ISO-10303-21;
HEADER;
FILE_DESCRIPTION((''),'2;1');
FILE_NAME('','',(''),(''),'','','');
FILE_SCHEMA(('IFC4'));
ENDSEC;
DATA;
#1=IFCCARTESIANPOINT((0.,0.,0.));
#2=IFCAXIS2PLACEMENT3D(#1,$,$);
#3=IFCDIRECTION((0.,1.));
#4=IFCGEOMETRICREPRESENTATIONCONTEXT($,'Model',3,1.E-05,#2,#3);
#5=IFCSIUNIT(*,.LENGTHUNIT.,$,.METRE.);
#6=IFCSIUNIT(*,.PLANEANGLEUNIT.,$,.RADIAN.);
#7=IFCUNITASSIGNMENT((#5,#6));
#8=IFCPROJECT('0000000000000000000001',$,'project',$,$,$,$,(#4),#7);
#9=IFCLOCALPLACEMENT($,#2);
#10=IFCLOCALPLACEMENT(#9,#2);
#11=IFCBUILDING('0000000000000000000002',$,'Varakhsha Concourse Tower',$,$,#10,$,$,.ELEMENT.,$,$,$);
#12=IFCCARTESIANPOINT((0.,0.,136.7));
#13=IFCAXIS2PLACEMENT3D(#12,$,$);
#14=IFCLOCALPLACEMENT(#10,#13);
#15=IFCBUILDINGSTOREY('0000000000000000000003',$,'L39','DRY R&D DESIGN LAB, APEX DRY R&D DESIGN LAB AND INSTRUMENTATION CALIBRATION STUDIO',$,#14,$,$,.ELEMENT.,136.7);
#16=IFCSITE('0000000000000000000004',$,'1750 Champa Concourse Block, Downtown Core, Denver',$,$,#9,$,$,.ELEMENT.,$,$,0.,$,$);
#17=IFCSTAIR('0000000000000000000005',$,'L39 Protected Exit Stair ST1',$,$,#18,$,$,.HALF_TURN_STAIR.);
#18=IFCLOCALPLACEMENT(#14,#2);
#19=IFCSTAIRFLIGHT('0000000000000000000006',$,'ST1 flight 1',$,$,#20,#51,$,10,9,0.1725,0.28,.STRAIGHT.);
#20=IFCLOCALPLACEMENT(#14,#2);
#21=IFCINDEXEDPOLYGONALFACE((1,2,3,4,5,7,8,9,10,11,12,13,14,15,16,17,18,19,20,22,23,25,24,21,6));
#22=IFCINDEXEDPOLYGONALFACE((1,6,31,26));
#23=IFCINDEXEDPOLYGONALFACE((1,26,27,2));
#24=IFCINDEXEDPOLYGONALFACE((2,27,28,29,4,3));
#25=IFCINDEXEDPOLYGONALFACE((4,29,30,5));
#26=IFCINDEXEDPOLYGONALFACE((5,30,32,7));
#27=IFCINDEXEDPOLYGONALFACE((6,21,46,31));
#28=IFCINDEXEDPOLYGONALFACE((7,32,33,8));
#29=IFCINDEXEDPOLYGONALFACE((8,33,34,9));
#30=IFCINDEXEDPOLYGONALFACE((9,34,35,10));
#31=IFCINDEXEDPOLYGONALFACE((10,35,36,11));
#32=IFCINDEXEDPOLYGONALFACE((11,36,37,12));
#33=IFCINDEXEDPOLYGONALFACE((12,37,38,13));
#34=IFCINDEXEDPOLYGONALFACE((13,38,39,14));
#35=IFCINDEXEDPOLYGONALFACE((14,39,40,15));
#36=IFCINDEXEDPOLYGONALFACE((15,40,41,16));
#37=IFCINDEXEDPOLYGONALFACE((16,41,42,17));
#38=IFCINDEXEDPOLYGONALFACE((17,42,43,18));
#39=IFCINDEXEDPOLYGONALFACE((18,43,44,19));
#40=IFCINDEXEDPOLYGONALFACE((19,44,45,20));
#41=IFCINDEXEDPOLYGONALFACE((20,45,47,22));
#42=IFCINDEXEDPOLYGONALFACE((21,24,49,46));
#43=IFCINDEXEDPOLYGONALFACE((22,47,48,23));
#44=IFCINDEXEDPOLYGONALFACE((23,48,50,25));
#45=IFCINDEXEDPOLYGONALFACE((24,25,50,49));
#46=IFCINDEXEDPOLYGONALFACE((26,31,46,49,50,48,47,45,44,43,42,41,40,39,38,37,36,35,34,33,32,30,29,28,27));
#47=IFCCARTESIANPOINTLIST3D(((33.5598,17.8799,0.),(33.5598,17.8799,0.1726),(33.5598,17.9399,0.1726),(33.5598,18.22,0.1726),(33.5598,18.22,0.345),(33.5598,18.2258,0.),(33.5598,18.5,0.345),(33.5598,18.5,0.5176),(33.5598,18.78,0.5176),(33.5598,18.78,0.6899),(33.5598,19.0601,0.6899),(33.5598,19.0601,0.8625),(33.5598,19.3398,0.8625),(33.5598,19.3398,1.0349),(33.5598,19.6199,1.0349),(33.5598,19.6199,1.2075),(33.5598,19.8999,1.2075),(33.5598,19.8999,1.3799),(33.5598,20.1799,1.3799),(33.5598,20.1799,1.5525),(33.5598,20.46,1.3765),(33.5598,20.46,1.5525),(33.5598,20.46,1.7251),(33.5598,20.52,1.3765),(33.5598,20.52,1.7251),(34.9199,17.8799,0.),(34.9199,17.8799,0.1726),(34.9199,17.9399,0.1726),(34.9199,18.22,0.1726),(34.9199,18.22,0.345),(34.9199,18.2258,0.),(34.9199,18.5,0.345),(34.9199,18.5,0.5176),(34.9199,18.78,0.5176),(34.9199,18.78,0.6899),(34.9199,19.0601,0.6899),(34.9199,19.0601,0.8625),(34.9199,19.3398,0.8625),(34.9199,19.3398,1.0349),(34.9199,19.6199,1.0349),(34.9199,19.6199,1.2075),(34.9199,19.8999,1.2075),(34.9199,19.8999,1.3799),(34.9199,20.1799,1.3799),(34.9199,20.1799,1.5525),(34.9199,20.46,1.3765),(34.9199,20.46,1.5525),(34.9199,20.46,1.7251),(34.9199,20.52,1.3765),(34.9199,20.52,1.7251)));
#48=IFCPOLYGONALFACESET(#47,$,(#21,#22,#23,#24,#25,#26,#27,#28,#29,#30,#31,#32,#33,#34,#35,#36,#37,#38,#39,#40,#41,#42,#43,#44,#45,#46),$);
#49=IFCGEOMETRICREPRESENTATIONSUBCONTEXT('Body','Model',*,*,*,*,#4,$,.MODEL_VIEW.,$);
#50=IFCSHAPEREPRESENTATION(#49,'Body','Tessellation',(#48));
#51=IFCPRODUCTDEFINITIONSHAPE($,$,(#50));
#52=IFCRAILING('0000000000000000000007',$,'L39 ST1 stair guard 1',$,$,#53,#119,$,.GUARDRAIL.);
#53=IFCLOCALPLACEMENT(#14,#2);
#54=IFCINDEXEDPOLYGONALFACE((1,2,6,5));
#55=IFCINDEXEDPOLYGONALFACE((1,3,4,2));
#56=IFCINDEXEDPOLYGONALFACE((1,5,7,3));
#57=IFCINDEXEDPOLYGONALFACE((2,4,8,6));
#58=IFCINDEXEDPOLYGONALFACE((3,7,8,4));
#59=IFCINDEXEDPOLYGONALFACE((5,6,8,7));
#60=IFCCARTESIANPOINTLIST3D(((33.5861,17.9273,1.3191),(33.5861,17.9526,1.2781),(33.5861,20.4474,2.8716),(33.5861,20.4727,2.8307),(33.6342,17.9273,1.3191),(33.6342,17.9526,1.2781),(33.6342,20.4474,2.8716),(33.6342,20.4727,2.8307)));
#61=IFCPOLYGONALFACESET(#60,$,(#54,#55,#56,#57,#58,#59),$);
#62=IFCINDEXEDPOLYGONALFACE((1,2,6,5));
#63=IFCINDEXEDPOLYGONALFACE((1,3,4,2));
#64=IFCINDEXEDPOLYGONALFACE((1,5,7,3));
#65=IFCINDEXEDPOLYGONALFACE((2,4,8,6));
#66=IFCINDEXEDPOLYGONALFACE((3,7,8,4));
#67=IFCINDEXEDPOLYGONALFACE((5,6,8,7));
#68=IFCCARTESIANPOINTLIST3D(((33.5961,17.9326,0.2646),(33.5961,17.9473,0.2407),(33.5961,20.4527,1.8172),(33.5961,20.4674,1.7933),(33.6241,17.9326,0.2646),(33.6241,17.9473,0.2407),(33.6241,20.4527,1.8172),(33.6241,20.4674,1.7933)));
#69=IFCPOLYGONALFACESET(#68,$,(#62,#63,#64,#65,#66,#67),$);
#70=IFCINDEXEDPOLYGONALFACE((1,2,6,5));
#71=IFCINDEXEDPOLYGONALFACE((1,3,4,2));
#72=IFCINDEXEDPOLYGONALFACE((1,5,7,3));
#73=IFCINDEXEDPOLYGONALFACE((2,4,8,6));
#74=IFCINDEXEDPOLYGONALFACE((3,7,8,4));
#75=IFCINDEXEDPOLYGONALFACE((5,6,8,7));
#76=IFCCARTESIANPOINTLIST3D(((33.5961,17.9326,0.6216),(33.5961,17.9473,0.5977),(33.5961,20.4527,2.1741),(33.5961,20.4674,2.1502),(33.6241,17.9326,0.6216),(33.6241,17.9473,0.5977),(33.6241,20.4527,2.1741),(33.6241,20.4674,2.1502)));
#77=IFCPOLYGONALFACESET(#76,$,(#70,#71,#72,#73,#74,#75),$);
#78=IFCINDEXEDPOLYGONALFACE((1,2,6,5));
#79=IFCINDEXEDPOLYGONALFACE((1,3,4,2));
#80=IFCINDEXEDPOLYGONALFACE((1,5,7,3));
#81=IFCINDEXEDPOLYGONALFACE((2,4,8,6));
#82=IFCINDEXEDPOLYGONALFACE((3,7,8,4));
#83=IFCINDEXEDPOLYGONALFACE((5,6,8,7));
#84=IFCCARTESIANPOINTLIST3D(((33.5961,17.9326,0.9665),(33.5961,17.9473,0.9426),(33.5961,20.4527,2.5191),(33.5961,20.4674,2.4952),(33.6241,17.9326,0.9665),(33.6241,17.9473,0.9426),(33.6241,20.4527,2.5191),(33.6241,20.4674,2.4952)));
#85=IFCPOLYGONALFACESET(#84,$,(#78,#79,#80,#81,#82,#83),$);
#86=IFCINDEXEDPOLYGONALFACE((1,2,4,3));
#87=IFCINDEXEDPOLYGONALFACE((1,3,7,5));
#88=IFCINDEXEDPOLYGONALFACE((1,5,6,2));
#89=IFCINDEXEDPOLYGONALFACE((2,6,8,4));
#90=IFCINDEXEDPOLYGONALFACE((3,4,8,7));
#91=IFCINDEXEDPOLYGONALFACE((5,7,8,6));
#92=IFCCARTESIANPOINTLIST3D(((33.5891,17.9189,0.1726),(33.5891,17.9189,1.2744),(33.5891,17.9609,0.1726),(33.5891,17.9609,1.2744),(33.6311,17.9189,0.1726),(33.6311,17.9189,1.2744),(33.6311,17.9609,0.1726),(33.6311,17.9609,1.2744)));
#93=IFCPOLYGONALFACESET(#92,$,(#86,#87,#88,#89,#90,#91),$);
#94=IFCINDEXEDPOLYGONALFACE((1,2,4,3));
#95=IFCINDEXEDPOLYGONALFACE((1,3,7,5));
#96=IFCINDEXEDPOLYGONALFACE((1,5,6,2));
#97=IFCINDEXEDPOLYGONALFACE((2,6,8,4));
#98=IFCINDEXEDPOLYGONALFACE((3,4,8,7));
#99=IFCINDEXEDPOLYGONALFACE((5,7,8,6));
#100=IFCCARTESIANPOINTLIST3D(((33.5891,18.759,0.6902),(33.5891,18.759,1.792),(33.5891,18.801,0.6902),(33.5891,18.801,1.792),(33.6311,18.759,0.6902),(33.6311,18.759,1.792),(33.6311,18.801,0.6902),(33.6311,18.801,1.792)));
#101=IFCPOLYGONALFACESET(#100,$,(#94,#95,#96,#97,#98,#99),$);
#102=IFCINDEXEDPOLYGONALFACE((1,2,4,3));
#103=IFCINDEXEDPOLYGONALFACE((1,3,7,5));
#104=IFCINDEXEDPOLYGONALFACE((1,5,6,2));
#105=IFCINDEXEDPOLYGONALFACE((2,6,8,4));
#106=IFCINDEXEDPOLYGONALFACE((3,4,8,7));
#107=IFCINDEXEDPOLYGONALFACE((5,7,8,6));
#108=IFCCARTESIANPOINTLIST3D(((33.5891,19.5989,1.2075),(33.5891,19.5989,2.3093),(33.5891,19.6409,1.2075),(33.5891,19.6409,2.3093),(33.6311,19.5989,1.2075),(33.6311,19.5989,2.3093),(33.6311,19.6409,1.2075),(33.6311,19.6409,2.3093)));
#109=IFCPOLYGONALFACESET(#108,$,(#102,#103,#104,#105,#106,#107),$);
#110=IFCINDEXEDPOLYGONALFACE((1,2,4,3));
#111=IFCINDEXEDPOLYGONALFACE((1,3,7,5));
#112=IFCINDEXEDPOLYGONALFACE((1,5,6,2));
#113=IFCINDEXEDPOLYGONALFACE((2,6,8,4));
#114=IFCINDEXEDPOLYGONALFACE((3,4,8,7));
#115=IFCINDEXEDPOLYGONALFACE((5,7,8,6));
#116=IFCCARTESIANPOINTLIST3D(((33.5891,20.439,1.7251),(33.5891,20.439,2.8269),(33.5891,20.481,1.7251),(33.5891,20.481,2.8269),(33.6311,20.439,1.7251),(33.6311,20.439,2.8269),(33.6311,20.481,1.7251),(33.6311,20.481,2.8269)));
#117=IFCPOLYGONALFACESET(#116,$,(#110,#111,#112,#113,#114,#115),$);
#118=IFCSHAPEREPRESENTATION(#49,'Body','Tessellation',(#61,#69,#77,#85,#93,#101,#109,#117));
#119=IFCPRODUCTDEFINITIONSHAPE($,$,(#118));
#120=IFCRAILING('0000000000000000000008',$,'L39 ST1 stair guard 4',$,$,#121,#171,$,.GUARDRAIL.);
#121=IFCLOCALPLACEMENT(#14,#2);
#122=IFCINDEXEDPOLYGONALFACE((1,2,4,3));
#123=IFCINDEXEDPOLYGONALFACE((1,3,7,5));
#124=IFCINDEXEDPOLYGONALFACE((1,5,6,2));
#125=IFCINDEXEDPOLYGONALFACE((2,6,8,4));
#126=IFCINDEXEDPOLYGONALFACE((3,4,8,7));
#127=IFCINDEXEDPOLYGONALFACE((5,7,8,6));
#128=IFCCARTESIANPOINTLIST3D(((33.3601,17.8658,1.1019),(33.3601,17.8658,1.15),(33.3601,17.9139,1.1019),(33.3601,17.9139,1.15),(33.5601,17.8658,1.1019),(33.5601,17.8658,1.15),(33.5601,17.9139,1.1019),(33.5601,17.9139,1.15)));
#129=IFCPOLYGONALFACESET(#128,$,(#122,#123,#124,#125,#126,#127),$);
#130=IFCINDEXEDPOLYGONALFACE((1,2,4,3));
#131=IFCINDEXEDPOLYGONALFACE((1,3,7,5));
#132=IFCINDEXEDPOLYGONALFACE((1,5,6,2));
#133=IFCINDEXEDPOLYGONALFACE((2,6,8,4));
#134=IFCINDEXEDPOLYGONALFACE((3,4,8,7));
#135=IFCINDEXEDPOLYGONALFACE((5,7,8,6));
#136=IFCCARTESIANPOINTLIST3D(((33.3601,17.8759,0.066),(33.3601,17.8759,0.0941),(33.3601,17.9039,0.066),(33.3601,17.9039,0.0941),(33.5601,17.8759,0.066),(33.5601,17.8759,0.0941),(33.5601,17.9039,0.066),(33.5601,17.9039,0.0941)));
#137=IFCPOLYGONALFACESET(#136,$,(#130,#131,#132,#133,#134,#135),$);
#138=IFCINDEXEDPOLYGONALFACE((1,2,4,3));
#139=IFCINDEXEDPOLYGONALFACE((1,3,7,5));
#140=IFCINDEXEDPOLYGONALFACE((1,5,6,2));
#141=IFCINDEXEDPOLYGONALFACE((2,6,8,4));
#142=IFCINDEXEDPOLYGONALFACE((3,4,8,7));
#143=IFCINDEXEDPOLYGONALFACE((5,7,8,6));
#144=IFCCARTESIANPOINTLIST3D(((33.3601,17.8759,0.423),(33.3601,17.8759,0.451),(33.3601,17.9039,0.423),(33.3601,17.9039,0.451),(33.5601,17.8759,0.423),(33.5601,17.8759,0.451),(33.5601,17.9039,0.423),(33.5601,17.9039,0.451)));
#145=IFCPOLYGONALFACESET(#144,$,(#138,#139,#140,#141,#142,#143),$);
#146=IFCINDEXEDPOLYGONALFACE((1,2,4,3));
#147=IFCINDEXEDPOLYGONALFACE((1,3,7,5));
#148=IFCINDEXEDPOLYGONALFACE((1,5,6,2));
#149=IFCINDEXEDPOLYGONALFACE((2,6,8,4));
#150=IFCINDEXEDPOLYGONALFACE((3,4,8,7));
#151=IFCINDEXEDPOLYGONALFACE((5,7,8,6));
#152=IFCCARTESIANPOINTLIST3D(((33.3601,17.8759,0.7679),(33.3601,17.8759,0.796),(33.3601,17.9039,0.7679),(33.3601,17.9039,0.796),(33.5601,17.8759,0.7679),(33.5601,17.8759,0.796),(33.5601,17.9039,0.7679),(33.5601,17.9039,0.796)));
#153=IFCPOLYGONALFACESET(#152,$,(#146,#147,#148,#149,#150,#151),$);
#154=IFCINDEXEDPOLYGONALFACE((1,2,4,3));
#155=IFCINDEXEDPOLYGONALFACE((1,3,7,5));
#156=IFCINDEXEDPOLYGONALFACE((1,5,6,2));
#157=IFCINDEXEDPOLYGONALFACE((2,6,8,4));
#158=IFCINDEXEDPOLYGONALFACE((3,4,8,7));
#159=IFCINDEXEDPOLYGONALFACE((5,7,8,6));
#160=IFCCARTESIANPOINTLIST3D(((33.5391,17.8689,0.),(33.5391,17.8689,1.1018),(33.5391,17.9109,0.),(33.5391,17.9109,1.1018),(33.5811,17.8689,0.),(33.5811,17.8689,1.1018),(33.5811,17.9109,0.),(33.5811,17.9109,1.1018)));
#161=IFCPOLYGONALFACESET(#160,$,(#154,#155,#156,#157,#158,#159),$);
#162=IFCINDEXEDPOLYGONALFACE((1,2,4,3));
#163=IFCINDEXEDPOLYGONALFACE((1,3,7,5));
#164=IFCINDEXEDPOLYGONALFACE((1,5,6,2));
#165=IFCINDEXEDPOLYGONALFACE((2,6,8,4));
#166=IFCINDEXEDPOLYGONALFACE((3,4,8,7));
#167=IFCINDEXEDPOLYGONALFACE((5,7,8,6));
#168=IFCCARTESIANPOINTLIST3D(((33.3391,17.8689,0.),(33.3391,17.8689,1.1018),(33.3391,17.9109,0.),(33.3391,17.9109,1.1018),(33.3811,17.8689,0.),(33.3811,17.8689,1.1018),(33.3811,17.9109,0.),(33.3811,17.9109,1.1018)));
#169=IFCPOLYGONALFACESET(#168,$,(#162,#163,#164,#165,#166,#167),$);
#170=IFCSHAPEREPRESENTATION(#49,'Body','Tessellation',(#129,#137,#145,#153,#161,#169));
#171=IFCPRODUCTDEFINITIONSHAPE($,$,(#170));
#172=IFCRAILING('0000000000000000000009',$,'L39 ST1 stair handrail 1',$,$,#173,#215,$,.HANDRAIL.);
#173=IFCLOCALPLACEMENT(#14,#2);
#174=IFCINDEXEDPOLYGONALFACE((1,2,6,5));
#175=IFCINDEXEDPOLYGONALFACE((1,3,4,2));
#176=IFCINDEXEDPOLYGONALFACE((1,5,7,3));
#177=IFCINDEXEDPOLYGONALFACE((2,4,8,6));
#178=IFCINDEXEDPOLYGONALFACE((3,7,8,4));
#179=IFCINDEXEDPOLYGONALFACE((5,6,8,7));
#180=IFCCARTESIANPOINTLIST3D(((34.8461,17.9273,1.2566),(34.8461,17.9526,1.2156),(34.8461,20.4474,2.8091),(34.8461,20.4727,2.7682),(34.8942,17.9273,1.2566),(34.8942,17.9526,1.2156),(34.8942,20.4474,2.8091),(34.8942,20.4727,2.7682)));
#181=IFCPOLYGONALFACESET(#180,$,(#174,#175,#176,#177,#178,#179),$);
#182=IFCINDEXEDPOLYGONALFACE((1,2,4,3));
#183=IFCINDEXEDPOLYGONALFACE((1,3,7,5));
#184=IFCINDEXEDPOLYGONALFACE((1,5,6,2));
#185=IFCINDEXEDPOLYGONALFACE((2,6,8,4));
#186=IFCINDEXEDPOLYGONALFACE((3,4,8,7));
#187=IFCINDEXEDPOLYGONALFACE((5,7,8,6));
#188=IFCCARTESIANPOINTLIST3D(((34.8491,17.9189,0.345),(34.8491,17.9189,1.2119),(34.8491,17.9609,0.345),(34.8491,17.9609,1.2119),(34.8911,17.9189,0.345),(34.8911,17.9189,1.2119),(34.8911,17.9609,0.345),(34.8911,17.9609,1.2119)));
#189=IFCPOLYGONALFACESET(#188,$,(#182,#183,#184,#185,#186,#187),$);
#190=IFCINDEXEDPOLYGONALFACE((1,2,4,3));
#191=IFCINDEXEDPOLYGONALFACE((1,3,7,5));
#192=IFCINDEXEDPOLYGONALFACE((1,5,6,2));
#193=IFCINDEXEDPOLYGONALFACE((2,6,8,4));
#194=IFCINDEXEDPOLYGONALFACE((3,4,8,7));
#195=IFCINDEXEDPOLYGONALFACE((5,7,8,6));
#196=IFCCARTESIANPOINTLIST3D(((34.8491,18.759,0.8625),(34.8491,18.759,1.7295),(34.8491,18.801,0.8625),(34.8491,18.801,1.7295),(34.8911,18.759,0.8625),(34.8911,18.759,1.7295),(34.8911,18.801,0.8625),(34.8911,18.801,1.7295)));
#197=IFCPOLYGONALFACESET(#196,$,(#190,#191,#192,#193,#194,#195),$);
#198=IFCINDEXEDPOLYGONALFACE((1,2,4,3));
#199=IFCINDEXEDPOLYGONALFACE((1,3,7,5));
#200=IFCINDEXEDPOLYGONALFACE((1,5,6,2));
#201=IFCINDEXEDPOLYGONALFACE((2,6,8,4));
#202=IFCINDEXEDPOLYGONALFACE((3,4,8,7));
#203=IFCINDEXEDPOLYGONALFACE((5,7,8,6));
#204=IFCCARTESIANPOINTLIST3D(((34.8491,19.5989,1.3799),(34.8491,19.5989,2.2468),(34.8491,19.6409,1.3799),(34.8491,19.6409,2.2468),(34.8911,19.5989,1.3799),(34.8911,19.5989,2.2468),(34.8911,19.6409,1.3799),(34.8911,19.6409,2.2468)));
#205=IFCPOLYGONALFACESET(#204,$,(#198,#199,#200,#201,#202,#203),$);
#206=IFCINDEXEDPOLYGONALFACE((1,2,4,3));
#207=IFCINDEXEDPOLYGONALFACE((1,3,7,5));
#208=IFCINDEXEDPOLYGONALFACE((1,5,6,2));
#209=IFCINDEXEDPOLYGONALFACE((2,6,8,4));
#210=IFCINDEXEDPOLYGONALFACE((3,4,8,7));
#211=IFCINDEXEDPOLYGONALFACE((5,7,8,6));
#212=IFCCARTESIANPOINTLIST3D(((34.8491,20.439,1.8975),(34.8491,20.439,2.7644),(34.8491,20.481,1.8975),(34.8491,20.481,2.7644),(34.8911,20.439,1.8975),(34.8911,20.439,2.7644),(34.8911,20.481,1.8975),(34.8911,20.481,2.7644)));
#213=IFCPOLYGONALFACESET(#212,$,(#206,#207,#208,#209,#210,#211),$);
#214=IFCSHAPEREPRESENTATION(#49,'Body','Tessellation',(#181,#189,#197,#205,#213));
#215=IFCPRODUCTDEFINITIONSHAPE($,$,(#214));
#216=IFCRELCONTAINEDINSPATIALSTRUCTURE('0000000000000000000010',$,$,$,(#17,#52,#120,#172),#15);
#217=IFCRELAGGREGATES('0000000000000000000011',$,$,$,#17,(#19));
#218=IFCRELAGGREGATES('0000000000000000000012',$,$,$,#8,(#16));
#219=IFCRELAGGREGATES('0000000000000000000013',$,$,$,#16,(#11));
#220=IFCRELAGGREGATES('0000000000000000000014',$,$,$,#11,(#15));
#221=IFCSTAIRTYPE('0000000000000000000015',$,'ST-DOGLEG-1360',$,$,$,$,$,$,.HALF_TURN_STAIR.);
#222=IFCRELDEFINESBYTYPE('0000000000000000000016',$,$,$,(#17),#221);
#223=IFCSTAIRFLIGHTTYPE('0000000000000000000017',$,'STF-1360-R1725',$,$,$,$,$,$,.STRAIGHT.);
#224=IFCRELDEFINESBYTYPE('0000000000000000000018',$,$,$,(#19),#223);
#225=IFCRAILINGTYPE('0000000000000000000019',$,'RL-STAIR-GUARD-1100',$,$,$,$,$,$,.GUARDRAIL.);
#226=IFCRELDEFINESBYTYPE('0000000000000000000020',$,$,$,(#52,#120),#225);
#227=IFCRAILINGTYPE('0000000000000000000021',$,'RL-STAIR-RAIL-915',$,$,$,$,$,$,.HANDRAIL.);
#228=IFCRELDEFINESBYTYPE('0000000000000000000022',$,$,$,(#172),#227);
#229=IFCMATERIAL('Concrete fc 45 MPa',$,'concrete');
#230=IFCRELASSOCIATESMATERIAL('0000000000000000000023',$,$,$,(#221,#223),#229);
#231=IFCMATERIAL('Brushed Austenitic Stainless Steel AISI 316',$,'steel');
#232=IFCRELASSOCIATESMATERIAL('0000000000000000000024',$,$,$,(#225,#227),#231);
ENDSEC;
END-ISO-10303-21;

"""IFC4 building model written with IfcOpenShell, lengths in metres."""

from ifc_helpers import new_model, si_unit, direction, frame, origin, origin_2d, place, context, subcontext, project, spatial, polyline, rectangle, outline, extrude, material, type_object, element, aggregate, save


model = new_model("IFC4")

# Units and contexts
model_context = context("Model", 3, precision=1e-05, world=origin(), true_north=direction((0.0, 1.0)))
body_context = subcontext(model_context, "Body", "Model", "MODEL_VIEW")
ifc_project = project(units=[si_unit("LENGTHUNIT", "METRE"), si_unit("PLANEANGLEUNIT", "RADIAN")], contexts=[model_context])

# Site, building, storey
site_placement = place(None, origin())
site = spatial("IfcSite", under=ifc_project, at=site_placement, Name="1750 Champa Concourse Block, Downtown Core, Denver", CompositionType="ELEMENT", RefElevation=0.0)
building_placement = place(site_placement, origin())
building = spatial("IfcBuilding", under=site, at=building_placement, Name="Varakhsha Concourse Tower", CompositionType="ELEMENT")
storey_placement = place(building_placement, frame((0.0, 0.0, 136.7)))
storey = spatial("IfcBuildingStorey", under=building, at=storey_placement, Name="L39", Description="DRY R&D DESIGN LAB, APEX DRY R&D DESIGN LAB AND INSTRUMENTATION CALIBRATION STUDIO", CompositionType="ELEMENT", Elevation=136.7)

# Shared definitions
ifc_material_1 = material(Name="Concrete fc 45 MPa", Category="concrete")

# Stair, stair flight
stair_type = type_object("IfcStairType", Name="ST-DOGLEG-1360", PredefinedType="HALF_TURN_STAIR", material=ifc_material_1)
stair_placement = place(storey_placement, origin())
stair = element("IfcStair", 1, at=stair_placement, inside=storey, type_object=stair_type, Name="L39 Protected Exit Stair ST1", PredefinedType="HALF_TURN_STAIR")
stair_flight_type = type_object("IfcStairFlightType", Name="STF-1360-R1725", PredefinedType="STRAIGHT", material=ifc_material_1)
stair_flight_placement = place(storey_placement, frame((34.24, 17.9399, 0.0), z_axis=(0.0, 0.0, 1.0), x_axis=(0.0, 1.0, 0.0)))
stair_flight = element("IfcStairFlight", 2, at=stair_flight_placement, type_object=stair_flight_type, Name="ST1 flight 1", NumberOfRisers=10, NumberOfTreads=9, PredefinedType="STRAIGHT", RiserHeight=0.1725, TreadLength=0.28, context=body_context, shape_type="SweptSolid", body=[
    extrude(outline(polyline([(-0.0601, 0.0), (-0.0601, 0.1726), (0.0, 0.1726), (0.28, 0.1726), (0.28, 0.345), (0.5601, 0.345), (0.5601, 0.5176), (0.8401, 0.5176), (0.8401, 0.6899), (1.1201, 0.6899), (1.1201, 0.8625), (1.3999, 0.8625), (1.3999, 1.0349), (1.6799, 1.0349), (1.6799, 1.2075), (1.96, 1.2075), (1.96, 1.3799), (2.24, 1.3799), (2.24, 1.5525), (2.52, 1.5525), (2.52, 1.7251), (2.5801, 1.7251), (2.5801, 1.3765), (2.52, 1.3765), (0.2859, 0.0), (-0.0601, 0.0)])), frame((0.0, 0.6802, 0.0), z_axis=(0.0, -1.0, 0.0), x_axis=(1.0, 0.0, 0.0)), (0.0, 0.0, 1.0), 1.3601),
])
aggregate(stair, [stair_flight])

# Railings
ifc_material_2 = material(Name="Brushed Austenitic Stainless Steel AISI 316", Category="steel")
railing_type_1 = type_object("IfcRailingType", Name="RL-STAIR-GUARD-1100", PredefinedType="GUARDRAIL", material=ifc_material_2)
railing_1_placement = place(storey_placement, frame((33.6101, 17.9399, 0.1726)))
element("IfcRailing", 3, at=railing_1_placement, inside=storey, type_object=railing_type_1, Name="L39 ST1 stair guard 1", PredefinedType="GUARDRAIL", context=body_context, shape_type="SweptSolid", body=[
    extrude(rectangle(XDim=0.0481, YDim=0.0481, at=origin_2d()), frame((0.0, 0.0, 1.126), z_axis=(0.0, 0.8514, 0.524516), x_axis=(-1.0, 0.0, 0.0)), (0.0, 0.0, 1.0), 2.96),
    extrude(rectangle(XDim=0.0281, YDim=0.0281, at=origin_2d()), frame((0.0, 0.0, 0.0801), z_axis=(0.0, 0.8514, 0.524516), x_axis=(-1.0, 0.0, 0.0)), (0.0, 0.0, 1.0), 2.96),
    extrude(rectangle(XDim=0.0281, YDim=0.0281, at=origin_2d()), frame((0.0, 0.0, 0.437), z_axis=(0.0, 0.8514, 0.524516), x_axis=(-1.0, 0.0, 0.0)), (0.0, 0.0, 1.0), 2.96),
    extrude(rectangle(XDim=0.0281, YDim=0.0281, at=origin_2d()), frame((0.0, 0.0, 0.782), z_axis=(0.0, 0.8514, 0.524516), x_axis=(-1.0, 0.0, 0.0)), (0.0, 0.0, 1.0), 2.96),
    extrude(rectangle(XDim=0.042, YDim=0.042, at=origin_2d()), origin(), (0.0, 0.0, 1.0), 1.1018),
    extrude(rectangle(XDim=0.042, YDim=0.042, at=origin_2d()), frame((0.0, 0.8401, 0.5176)), (0.0, 0.0, 1.0), 1.1018),
    extrude(rectangle(XDim=0.042, YDim=0.042, at=origin_2d()), frame((0.0, 1.6799, 1.0349)), (0.0, 0.0, 1.0), 1.1018),
    extrude(rectangle(XDim=0.042, YDim=0.042, at=origin_2d()), frame((0.0, 2.52, 1.5525)), (0.0, 0.0, 1.0), 1.1018),
])
railing_2_placement = place(storey_placement, frame((33.5601, 17.8899, 0.0)))
element("IfcRailing", 4, at=railing_2_placement, inside=storey, type_object=railing_type_1, Name="L39 ST1 stair guard 4", PredefinedType="GUARDRAIL", context=body_context, shape_type="SweptSolid", body=[
    extrude(rectangle(XDim=0.0481, YDim=0.0481, at=origin_2d()), frame((0.0, 0.0, 1.126), z_axis=(-1.0, 0.0, 0.0), x_axis=(0.0, -1.0, 0.0)), (0.0, 0.0, 1.0), 0.2),
    extrude(rectangle(XDim=0.0281, YDim=0.0281, at=origin_2d()), frame((0.0, 0.0, 0.0801), z_axis=(-1.0, 0.0, 0.0), x_axis=(0.0, -1.0, 0.0)), (0.0, 0.0, 1.0), 0.2),
    extrude(rectangle(XDim=0.0281, YDim=0.0281, at=origin_2d()), frame((0.0, 0.0, 0.437), z_axis=(-1.0, 0.0, 0.0), x_axis=(0.0, -1.0, 0.0)), (0.0, 0.0, 1.0), 0.2),
    extrude(rectangle(XDim=0.0281, YDim=0.0281, at=origin_2d()), frame((0.0, 0.0, 0.782), z_axis=(-1.0, 0.0, 0.0), x_axis=(0.0, -1.0, 0.0)), (0.0, 0.0, 1.0), 0.2),
    extrude(rectangle(XDim=0.042, YDim=0.042, at=origin_2d()), origin(), (0.0, 0.0, 1.0), 1.1018),
    extrude(rectangle(XDim=0.042, YDim=0.042, at=origin_2d()), frame((-0.2, 0.0, 0.0)), (0.0, 0.0, 1.0), 1.1018),
])
railing_type_2 = type_object("IfcRailingType", Name="RL-STAIR-RAIL-915", PredefinedType="HANDRAIL", material=ifc_material_2)
railing_3_placement = place(storey_placement, frame((34.8701, 17.9399, 0.345)))
element("IfcRailing", 5, at=railing_3_placement, inside=storey, type_object=railing_type_2, Name="L39 ST1 stair handrail 1", PredefinedType="HANDRAIL", context=body_context, shape_type="SweptSolid", body=[
    extrude(rectangle(XDim=0.0481, YDim=0.0481, at=origin_2d()), frame((0.0, 0.0, 0.8911), z_axis=(0.0, 0.8514, 0.524516), x_axis=(-1.0, 0.0, 0.0)), (0.0, 0.0, 1.0), 2.96),
    extrude(rectangle(XDim=0.042, YDim=0.042, at=origin_2d()), origin(), (0.0, 0.0, 1.0), 0.8669),
    extrude(rectangle(XDim=0.042, YDim=0.042, at=origin_2d()), frame((0.0, 0.8401, 0.5176)), (0.0, 0.0, 1.0), 0.8669),
    extrude(rectangle(XDim=0.042, YDim=0.042, at=origin_2d()), frame((0.0, 1.6799, 1.0349)), (0.0, 0.0, 1.0), 0.8669),
    extrude(rectangle(XDim=0.042, YDim=0.042, at=origin_2d()), frame((0.0, 2.52, 1.5525)), (0.0, 0.0, 1.0), 0.8669),
])

save(model, "model.ifc")
